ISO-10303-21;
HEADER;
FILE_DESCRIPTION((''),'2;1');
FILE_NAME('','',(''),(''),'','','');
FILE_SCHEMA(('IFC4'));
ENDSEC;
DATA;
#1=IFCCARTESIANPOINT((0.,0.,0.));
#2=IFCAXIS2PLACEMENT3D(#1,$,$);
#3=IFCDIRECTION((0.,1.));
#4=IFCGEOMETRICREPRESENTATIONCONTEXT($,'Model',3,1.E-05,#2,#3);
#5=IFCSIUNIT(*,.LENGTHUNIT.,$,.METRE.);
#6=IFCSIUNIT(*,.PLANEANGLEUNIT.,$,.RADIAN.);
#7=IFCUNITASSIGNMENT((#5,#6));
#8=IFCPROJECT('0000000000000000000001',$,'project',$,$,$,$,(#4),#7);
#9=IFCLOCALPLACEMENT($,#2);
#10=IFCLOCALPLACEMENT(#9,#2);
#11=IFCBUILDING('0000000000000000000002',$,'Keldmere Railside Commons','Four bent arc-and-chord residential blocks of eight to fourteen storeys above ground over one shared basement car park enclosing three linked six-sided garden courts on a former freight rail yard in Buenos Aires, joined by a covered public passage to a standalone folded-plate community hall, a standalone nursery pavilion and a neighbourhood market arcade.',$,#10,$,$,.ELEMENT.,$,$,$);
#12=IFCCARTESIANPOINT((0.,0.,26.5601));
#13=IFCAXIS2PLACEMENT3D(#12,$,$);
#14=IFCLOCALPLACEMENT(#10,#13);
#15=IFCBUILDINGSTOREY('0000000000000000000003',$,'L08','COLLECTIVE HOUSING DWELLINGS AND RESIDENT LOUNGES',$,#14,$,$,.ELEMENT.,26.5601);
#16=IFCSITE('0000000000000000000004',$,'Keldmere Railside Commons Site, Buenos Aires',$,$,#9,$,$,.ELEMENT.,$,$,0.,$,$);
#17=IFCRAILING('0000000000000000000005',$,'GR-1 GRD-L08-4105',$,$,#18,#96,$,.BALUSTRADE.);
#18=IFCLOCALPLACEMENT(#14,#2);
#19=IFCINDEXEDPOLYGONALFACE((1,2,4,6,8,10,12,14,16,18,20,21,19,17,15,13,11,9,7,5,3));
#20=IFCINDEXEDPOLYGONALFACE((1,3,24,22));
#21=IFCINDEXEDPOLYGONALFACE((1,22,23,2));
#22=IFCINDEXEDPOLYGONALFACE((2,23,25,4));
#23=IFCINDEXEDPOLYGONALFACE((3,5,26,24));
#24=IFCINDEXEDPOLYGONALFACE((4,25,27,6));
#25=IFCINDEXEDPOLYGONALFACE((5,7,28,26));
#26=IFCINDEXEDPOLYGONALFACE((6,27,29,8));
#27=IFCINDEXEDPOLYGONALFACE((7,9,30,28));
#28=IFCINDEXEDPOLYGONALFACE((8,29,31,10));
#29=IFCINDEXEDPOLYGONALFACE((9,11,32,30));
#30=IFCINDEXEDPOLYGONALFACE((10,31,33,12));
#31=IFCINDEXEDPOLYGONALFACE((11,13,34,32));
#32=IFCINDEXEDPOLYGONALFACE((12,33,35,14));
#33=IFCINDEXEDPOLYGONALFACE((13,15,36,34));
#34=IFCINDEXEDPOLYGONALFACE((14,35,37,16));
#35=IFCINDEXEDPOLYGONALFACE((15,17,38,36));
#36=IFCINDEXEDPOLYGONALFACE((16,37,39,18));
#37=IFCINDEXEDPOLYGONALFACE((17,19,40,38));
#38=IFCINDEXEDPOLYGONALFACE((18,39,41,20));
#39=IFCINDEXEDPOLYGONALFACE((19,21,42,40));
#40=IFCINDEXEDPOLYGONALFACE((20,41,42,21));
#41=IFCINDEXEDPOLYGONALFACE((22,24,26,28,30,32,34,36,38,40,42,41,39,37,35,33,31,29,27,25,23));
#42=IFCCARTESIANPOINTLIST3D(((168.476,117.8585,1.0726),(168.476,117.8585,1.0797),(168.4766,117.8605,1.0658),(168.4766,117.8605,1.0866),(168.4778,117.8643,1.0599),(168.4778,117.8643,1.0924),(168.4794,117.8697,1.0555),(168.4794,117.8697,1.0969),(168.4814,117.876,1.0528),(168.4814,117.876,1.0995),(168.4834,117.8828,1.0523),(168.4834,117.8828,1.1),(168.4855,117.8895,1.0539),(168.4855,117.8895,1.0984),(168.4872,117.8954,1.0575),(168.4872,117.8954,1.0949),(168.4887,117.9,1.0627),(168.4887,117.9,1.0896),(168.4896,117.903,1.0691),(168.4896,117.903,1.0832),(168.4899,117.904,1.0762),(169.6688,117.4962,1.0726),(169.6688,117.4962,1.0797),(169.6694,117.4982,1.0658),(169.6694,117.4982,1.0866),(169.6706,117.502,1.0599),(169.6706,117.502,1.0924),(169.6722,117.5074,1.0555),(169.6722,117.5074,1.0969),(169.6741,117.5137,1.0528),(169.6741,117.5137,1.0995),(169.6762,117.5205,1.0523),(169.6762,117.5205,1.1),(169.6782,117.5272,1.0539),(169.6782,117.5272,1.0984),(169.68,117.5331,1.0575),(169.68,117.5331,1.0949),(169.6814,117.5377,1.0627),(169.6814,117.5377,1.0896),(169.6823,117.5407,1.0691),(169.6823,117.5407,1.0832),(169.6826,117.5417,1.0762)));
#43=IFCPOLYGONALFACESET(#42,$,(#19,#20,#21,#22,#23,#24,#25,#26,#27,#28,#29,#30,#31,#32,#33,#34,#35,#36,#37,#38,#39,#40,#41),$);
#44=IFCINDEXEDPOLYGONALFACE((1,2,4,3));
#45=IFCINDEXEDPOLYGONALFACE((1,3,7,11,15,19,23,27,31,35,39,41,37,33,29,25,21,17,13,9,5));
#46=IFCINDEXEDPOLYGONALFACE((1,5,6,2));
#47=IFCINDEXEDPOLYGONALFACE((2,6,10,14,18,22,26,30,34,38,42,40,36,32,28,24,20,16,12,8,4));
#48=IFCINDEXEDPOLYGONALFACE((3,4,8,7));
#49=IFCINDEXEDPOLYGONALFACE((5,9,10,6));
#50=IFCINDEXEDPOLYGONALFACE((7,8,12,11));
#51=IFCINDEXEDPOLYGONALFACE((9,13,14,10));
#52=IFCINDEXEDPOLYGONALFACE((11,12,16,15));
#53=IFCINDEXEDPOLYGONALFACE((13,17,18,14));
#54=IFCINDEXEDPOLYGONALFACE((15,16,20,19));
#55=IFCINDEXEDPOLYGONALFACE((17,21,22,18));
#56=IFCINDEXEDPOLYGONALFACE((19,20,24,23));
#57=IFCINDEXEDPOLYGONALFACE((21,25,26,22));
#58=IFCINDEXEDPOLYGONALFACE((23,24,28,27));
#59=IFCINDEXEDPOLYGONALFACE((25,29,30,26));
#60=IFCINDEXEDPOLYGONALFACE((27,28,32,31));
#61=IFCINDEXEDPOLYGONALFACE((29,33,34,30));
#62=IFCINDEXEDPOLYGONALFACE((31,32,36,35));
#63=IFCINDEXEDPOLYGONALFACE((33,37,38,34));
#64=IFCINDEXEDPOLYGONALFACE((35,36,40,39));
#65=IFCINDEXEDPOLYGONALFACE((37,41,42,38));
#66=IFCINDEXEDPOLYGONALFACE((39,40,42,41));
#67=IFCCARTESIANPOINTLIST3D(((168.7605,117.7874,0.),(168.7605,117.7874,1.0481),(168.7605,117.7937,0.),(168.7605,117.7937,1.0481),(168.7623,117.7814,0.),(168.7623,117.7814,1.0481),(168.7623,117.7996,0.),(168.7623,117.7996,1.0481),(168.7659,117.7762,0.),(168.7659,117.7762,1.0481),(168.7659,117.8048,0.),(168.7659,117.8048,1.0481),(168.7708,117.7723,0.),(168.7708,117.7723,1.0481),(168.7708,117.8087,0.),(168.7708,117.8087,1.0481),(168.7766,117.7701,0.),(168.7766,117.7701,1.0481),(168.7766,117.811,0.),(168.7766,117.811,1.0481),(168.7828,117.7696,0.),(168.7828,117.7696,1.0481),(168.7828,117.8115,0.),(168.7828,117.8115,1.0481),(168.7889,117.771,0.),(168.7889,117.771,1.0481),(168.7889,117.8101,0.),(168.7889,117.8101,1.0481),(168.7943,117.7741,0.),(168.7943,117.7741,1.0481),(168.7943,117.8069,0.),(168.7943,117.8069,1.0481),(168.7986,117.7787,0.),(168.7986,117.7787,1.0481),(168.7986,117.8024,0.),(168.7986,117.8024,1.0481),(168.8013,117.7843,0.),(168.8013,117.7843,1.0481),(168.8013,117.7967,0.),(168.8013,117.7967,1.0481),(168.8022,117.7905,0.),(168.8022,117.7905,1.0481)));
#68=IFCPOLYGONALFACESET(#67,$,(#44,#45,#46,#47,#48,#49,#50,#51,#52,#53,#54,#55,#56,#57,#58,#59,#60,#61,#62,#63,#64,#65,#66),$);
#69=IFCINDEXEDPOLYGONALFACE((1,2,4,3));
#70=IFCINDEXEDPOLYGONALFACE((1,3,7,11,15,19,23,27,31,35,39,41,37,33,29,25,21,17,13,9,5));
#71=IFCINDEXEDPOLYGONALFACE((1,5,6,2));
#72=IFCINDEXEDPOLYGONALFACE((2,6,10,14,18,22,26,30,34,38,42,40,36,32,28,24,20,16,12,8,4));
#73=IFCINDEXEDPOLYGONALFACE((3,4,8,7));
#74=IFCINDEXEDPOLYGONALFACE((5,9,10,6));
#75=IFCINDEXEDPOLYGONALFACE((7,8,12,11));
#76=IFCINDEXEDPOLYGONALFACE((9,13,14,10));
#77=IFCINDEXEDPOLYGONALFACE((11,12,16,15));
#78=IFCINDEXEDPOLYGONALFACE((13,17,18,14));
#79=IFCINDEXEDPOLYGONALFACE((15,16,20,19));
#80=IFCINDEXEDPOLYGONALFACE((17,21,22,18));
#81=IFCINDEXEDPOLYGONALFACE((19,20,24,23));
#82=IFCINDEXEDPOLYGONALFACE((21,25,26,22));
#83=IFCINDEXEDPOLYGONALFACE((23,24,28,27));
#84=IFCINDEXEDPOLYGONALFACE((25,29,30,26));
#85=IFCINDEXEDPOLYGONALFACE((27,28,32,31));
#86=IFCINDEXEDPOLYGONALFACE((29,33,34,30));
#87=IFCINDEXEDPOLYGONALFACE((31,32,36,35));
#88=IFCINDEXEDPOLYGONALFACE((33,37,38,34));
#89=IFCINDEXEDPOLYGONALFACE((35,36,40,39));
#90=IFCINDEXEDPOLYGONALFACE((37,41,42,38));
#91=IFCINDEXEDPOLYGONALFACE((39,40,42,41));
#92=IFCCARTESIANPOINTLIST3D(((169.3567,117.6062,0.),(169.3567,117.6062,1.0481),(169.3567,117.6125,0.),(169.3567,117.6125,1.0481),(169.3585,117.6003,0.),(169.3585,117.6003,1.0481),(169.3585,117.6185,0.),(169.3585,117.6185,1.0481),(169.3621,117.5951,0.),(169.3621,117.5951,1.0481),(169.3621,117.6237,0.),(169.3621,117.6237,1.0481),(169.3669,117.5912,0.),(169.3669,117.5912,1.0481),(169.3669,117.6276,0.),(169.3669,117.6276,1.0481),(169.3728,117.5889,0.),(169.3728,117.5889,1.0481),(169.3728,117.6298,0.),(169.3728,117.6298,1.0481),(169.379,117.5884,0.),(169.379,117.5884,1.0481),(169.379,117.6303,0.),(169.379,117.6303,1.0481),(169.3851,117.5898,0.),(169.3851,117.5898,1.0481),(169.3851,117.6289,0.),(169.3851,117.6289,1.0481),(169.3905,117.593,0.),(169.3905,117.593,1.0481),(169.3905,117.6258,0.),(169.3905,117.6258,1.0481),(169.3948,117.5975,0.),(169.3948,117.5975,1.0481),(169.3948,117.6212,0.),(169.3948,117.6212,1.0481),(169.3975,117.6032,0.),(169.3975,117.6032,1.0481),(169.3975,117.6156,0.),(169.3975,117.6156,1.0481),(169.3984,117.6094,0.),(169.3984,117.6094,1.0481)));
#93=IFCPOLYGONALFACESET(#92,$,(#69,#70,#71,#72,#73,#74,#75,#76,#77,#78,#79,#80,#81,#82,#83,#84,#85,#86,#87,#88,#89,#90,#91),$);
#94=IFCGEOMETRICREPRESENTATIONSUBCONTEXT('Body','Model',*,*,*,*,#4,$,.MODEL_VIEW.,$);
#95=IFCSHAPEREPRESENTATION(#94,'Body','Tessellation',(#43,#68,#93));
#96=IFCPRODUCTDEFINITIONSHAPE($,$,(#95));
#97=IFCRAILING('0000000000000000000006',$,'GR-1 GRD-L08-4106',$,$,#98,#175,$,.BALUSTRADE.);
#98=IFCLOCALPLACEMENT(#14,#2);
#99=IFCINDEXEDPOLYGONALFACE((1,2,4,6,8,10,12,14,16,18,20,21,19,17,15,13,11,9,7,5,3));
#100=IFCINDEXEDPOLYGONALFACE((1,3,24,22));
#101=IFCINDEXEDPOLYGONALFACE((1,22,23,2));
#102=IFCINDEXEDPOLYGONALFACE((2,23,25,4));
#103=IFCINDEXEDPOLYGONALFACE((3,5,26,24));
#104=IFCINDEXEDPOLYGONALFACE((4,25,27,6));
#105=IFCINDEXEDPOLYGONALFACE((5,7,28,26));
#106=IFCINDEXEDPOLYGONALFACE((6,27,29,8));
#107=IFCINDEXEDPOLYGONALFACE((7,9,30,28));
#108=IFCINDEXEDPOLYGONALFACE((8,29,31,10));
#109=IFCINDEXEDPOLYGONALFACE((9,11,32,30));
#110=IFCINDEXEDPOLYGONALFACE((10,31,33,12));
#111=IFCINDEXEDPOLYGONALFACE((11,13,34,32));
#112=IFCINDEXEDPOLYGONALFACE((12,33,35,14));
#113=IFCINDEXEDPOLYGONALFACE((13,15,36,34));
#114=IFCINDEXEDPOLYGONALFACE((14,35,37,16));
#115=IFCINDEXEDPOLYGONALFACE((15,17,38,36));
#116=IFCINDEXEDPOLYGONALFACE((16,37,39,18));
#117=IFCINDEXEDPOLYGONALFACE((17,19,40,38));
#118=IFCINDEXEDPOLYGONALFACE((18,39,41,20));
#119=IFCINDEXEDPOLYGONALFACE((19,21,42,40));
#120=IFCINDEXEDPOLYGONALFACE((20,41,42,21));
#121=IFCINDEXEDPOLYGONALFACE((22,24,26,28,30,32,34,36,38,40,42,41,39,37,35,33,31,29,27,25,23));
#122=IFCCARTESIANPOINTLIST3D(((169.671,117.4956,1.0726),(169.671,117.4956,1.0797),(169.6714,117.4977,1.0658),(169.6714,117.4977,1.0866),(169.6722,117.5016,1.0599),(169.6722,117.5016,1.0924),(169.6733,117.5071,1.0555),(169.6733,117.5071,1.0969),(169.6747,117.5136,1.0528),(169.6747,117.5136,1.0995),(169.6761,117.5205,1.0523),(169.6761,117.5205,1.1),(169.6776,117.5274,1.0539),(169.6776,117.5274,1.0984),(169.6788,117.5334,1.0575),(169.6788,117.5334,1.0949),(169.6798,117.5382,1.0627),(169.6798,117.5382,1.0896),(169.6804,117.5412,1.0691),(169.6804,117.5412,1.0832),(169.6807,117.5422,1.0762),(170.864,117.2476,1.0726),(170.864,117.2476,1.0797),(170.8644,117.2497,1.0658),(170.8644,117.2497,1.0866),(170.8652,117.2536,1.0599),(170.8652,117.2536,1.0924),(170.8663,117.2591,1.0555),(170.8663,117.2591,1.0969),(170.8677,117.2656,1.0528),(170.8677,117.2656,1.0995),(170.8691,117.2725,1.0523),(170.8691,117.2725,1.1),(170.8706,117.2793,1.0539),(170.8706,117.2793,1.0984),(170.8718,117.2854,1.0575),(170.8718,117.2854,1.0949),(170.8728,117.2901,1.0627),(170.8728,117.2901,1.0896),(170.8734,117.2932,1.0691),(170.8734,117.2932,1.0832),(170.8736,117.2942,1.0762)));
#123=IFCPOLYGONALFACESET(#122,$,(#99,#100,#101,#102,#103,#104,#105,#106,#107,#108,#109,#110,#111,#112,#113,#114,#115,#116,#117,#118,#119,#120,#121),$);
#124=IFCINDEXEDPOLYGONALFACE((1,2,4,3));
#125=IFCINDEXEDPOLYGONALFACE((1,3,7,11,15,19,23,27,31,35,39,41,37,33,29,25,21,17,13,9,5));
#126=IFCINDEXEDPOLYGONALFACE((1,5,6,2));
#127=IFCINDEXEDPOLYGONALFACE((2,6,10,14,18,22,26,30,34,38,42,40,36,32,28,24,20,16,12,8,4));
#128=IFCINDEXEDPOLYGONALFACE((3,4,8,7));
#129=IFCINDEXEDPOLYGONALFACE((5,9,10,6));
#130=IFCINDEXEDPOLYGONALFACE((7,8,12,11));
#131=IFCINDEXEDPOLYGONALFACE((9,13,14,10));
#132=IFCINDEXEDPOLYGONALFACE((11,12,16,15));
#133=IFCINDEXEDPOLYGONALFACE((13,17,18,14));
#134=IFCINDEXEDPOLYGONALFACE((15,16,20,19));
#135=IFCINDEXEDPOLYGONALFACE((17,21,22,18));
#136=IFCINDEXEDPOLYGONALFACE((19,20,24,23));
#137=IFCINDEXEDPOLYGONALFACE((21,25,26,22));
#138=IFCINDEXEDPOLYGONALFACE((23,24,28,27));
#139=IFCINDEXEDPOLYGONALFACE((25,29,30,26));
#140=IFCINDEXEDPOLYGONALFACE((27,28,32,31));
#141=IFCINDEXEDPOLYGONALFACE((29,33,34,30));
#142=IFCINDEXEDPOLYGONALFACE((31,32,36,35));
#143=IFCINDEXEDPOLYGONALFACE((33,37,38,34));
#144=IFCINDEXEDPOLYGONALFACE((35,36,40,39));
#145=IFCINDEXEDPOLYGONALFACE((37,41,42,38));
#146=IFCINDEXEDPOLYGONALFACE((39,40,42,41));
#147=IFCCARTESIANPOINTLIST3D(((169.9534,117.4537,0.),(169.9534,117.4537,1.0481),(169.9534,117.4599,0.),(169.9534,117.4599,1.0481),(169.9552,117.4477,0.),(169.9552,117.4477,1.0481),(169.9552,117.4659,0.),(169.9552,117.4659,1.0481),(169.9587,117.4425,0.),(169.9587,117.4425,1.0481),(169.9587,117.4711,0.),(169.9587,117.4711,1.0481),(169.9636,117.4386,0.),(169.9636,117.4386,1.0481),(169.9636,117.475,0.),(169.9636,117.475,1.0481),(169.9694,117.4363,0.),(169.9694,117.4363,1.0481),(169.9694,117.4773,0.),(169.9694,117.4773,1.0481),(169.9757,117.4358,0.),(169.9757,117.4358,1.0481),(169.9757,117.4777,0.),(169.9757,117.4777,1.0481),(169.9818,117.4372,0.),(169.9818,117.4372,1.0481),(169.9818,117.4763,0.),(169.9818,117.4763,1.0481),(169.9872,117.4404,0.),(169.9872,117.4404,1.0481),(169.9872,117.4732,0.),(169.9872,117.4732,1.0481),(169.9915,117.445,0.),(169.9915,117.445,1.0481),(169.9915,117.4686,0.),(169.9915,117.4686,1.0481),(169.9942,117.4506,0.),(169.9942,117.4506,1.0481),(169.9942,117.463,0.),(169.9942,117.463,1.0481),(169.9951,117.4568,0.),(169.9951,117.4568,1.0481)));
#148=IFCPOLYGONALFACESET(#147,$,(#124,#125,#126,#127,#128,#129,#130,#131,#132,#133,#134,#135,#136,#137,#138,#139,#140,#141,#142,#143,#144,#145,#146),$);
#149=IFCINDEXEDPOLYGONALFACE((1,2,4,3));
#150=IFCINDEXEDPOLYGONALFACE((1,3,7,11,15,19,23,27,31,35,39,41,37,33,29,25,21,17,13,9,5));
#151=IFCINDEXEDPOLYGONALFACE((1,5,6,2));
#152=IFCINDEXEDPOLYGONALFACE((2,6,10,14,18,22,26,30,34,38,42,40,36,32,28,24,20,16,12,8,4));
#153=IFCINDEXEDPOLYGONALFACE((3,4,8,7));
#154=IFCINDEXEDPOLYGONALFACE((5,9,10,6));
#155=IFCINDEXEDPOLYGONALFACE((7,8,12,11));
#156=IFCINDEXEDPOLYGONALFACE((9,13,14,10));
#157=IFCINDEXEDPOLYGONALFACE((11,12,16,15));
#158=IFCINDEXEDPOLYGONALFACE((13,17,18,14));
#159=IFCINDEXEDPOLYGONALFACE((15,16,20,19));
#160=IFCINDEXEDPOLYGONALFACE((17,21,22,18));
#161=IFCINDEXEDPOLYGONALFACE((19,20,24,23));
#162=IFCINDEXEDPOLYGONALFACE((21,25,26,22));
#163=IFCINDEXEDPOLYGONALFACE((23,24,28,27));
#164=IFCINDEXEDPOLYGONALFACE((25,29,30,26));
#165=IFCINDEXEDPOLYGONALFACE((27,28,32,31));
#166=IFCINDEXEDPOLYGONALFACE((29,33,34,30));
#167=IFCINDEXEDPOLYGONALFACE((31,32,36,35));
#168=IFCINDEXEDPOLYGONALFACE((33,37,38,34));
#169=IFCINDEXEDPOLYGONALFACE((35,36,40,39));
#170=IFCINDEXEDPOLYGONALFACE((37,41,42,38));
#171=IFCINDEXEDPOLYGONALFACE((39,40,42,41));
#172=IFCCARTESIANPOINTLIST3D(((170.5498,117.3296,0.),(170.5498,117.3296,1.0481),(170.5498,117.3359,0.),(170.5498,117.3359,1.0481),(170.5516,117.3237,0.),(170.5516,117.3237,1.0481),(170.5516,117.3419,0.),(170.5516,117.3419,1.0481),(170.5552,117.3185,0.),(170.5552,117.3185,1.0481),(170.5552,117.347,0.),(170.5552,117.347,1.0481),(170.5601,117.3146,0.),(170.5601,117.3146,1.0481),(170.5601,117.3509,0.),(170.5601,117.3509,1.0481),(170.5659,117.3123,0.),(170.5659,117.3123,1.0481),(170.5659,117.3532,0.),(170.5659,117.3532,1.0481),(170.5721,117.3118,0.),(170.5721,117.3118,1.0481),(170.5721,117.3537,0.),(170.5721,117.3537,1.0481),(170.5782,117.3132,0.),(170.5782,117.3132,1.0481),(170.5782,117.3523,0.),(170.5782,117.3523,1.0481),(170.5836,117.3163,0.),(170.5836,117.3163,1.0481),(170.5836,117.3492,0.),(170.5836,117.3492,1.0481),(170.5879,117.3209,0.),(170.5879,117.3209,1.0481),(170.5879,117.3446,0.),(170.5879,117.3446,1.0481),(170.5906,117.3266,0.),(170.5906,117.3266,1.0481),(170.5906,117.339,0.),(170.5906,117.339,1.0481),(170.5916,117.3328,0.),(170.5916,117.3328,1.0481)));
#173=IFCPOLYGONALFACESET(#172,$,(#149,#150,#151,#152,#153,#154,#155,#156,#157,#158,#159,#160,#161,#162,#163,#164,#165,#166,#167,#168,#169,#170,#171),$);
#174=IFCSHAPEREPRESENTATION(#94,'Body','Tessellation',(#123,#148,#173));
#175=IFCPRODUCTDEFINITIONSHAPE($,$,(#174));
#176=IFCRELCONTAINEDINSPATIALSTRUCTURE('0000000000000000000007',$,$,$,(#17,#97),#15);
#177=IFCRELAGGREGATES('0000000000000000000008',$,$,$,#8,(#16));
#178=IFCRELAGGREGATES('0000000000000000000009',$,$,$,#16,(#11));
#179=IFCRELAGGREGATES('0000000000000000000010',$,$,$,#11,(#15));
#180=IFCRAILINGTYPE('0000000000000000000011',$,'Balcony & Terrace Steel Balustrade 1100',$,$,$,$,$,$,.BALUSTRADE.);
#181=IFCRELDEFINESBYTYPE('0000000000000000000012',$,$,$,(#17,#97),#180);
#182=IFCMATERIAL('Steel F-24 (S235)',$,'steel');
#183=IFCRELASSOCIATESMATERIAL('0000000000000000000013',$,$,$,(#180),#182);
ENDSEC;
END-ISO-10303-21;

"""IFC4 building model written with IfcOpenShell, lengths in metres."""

from ifc_helpers import new_model, si_unit, direction, frame, origin, origin_2d, place, context, subcontext, project, spatial, circle, extrude, material, type_object, element, save


model = new_model("IFC4")

# Units and contexts
model_context = context("Model", 3, precision=1e-05, world=origin(), true_north=direction((0.0, 1.0)))
body_context = subcontext(model_context, "Body", "Model", "MODEL_VIEW")
ifc_project = project(units=[si_unit("LENGTHUNIT", "METRE"), si_unit("PLANEANGLEUNIT", "RADIAN")], contexts=[model_context])

# Site, building, storey
site_placement = place(None, origin())
site = spatial("IfcSite", under=ifc_project, at=site_placement, Name="Keldmere Railside Commons Site, Buenos Aires", CompositionType="ELEMENT", RefElevation=0.0)
building_placement = place(site_placement, origin())
building = spatial("IfcBuilding", under=site, at=building_placement, Name="Keldmere Railside Commons", Description="Four bent arc-and-chord residential blocks of eight to fourteen storeys above ground over one shared basement car park enclosing three linked six-sided garden courts on a former freight rail yard in Buenos Aires, joined by a covered public passage to a standalone folded-plate community hall, a standalone nursery pavilion and a neighbourhood market arcade.", CompositionType="ELEMENT")
storey_placement = place(building_placement, frame((0.0, 0.0, 26.5601)))
storey = spatial("IfcBuildingStorey", under=building, at=storey_placement, Name="L08", Description="COLLECTIVE HOUSING DWELLINGS AND RESIDENT LOUNGES", CompositionType="ELEMENT", Elevation=26.5601)

# Railings
ifc_material_1 = material(Name="Steel F-24 (S235)", Category="steel")
railing_type = type_object("IfcRailingType", Name="Balcony & Terrace Steel Balustrade 1100", PredefinedType="BALUSTRADE", material=ifc_material_1)
railing_1_placement = place(storey_placement, frame((168.4829, 117.8811, 0.0)))
element("IfcRailing", 1, at=railing_1_placement, inside=storey, type_object=railing_type, Name="GR-1 GRD-L08-4105", PredefinedType="BALUSTRADE", context=body_context, shape_type="SweptSolid", body=[
    extrude(circle(Radius=0.0239, at=origin_2d()), frame((0.0, 0.0, 1.0762), z_axis=(0.95684, -0.290616, 0.0), x_axis=(0.290616, 0.95684, 0.0)), (0.0, 0.0, 1.0), 1.2466),
    extrude(circle(Radius=0.021, at=origin_2d()), frame((0.2983, -0.0906, 0.0)), (0.0, 0.0, 1.0), 1.0481),
    extrude(circle(Radius=0.021, at=origin_2d()), frame((0.8945, -0.2717, 0.0)), (0.0, 0.0, 1.0), 1.0481),
])
railing_2_placement = place(storey_placement, frame((169.6758, 117.5188, 0.0)))
element("IfcRailing", 2, at=railing_2_placement, inside=storey, type_object=railing_type, Name="GR-1 GRD-L08-4106", PredefinedType="BALUSTRADE", context=body_context, shape_type="SweptSolid", body=[
    extrude(circle(Radius=0.0239, at=origin_2d()), frame((0.0, 0.0, 1.0762), z_axis=(0.979065, -0.203546, 0.0), x_axis=(0.203546, 0.979065, 0.0)), (0.0, 0.0, 1.0), 1.2185),
    extrude(circle(Radius=0.021, at=origin_2d()), frame((0.2983, -0.062, 0.0)), (0.0, 0.0, 1.0), 1.0481),
    extrude(circle(Radius=0.021, at=origin_2d()), frame((0.8948, -0.186, 0.0)), (0.0, 0.0, 1.0), 1.0481),
])

save(model, "model.ifc")
